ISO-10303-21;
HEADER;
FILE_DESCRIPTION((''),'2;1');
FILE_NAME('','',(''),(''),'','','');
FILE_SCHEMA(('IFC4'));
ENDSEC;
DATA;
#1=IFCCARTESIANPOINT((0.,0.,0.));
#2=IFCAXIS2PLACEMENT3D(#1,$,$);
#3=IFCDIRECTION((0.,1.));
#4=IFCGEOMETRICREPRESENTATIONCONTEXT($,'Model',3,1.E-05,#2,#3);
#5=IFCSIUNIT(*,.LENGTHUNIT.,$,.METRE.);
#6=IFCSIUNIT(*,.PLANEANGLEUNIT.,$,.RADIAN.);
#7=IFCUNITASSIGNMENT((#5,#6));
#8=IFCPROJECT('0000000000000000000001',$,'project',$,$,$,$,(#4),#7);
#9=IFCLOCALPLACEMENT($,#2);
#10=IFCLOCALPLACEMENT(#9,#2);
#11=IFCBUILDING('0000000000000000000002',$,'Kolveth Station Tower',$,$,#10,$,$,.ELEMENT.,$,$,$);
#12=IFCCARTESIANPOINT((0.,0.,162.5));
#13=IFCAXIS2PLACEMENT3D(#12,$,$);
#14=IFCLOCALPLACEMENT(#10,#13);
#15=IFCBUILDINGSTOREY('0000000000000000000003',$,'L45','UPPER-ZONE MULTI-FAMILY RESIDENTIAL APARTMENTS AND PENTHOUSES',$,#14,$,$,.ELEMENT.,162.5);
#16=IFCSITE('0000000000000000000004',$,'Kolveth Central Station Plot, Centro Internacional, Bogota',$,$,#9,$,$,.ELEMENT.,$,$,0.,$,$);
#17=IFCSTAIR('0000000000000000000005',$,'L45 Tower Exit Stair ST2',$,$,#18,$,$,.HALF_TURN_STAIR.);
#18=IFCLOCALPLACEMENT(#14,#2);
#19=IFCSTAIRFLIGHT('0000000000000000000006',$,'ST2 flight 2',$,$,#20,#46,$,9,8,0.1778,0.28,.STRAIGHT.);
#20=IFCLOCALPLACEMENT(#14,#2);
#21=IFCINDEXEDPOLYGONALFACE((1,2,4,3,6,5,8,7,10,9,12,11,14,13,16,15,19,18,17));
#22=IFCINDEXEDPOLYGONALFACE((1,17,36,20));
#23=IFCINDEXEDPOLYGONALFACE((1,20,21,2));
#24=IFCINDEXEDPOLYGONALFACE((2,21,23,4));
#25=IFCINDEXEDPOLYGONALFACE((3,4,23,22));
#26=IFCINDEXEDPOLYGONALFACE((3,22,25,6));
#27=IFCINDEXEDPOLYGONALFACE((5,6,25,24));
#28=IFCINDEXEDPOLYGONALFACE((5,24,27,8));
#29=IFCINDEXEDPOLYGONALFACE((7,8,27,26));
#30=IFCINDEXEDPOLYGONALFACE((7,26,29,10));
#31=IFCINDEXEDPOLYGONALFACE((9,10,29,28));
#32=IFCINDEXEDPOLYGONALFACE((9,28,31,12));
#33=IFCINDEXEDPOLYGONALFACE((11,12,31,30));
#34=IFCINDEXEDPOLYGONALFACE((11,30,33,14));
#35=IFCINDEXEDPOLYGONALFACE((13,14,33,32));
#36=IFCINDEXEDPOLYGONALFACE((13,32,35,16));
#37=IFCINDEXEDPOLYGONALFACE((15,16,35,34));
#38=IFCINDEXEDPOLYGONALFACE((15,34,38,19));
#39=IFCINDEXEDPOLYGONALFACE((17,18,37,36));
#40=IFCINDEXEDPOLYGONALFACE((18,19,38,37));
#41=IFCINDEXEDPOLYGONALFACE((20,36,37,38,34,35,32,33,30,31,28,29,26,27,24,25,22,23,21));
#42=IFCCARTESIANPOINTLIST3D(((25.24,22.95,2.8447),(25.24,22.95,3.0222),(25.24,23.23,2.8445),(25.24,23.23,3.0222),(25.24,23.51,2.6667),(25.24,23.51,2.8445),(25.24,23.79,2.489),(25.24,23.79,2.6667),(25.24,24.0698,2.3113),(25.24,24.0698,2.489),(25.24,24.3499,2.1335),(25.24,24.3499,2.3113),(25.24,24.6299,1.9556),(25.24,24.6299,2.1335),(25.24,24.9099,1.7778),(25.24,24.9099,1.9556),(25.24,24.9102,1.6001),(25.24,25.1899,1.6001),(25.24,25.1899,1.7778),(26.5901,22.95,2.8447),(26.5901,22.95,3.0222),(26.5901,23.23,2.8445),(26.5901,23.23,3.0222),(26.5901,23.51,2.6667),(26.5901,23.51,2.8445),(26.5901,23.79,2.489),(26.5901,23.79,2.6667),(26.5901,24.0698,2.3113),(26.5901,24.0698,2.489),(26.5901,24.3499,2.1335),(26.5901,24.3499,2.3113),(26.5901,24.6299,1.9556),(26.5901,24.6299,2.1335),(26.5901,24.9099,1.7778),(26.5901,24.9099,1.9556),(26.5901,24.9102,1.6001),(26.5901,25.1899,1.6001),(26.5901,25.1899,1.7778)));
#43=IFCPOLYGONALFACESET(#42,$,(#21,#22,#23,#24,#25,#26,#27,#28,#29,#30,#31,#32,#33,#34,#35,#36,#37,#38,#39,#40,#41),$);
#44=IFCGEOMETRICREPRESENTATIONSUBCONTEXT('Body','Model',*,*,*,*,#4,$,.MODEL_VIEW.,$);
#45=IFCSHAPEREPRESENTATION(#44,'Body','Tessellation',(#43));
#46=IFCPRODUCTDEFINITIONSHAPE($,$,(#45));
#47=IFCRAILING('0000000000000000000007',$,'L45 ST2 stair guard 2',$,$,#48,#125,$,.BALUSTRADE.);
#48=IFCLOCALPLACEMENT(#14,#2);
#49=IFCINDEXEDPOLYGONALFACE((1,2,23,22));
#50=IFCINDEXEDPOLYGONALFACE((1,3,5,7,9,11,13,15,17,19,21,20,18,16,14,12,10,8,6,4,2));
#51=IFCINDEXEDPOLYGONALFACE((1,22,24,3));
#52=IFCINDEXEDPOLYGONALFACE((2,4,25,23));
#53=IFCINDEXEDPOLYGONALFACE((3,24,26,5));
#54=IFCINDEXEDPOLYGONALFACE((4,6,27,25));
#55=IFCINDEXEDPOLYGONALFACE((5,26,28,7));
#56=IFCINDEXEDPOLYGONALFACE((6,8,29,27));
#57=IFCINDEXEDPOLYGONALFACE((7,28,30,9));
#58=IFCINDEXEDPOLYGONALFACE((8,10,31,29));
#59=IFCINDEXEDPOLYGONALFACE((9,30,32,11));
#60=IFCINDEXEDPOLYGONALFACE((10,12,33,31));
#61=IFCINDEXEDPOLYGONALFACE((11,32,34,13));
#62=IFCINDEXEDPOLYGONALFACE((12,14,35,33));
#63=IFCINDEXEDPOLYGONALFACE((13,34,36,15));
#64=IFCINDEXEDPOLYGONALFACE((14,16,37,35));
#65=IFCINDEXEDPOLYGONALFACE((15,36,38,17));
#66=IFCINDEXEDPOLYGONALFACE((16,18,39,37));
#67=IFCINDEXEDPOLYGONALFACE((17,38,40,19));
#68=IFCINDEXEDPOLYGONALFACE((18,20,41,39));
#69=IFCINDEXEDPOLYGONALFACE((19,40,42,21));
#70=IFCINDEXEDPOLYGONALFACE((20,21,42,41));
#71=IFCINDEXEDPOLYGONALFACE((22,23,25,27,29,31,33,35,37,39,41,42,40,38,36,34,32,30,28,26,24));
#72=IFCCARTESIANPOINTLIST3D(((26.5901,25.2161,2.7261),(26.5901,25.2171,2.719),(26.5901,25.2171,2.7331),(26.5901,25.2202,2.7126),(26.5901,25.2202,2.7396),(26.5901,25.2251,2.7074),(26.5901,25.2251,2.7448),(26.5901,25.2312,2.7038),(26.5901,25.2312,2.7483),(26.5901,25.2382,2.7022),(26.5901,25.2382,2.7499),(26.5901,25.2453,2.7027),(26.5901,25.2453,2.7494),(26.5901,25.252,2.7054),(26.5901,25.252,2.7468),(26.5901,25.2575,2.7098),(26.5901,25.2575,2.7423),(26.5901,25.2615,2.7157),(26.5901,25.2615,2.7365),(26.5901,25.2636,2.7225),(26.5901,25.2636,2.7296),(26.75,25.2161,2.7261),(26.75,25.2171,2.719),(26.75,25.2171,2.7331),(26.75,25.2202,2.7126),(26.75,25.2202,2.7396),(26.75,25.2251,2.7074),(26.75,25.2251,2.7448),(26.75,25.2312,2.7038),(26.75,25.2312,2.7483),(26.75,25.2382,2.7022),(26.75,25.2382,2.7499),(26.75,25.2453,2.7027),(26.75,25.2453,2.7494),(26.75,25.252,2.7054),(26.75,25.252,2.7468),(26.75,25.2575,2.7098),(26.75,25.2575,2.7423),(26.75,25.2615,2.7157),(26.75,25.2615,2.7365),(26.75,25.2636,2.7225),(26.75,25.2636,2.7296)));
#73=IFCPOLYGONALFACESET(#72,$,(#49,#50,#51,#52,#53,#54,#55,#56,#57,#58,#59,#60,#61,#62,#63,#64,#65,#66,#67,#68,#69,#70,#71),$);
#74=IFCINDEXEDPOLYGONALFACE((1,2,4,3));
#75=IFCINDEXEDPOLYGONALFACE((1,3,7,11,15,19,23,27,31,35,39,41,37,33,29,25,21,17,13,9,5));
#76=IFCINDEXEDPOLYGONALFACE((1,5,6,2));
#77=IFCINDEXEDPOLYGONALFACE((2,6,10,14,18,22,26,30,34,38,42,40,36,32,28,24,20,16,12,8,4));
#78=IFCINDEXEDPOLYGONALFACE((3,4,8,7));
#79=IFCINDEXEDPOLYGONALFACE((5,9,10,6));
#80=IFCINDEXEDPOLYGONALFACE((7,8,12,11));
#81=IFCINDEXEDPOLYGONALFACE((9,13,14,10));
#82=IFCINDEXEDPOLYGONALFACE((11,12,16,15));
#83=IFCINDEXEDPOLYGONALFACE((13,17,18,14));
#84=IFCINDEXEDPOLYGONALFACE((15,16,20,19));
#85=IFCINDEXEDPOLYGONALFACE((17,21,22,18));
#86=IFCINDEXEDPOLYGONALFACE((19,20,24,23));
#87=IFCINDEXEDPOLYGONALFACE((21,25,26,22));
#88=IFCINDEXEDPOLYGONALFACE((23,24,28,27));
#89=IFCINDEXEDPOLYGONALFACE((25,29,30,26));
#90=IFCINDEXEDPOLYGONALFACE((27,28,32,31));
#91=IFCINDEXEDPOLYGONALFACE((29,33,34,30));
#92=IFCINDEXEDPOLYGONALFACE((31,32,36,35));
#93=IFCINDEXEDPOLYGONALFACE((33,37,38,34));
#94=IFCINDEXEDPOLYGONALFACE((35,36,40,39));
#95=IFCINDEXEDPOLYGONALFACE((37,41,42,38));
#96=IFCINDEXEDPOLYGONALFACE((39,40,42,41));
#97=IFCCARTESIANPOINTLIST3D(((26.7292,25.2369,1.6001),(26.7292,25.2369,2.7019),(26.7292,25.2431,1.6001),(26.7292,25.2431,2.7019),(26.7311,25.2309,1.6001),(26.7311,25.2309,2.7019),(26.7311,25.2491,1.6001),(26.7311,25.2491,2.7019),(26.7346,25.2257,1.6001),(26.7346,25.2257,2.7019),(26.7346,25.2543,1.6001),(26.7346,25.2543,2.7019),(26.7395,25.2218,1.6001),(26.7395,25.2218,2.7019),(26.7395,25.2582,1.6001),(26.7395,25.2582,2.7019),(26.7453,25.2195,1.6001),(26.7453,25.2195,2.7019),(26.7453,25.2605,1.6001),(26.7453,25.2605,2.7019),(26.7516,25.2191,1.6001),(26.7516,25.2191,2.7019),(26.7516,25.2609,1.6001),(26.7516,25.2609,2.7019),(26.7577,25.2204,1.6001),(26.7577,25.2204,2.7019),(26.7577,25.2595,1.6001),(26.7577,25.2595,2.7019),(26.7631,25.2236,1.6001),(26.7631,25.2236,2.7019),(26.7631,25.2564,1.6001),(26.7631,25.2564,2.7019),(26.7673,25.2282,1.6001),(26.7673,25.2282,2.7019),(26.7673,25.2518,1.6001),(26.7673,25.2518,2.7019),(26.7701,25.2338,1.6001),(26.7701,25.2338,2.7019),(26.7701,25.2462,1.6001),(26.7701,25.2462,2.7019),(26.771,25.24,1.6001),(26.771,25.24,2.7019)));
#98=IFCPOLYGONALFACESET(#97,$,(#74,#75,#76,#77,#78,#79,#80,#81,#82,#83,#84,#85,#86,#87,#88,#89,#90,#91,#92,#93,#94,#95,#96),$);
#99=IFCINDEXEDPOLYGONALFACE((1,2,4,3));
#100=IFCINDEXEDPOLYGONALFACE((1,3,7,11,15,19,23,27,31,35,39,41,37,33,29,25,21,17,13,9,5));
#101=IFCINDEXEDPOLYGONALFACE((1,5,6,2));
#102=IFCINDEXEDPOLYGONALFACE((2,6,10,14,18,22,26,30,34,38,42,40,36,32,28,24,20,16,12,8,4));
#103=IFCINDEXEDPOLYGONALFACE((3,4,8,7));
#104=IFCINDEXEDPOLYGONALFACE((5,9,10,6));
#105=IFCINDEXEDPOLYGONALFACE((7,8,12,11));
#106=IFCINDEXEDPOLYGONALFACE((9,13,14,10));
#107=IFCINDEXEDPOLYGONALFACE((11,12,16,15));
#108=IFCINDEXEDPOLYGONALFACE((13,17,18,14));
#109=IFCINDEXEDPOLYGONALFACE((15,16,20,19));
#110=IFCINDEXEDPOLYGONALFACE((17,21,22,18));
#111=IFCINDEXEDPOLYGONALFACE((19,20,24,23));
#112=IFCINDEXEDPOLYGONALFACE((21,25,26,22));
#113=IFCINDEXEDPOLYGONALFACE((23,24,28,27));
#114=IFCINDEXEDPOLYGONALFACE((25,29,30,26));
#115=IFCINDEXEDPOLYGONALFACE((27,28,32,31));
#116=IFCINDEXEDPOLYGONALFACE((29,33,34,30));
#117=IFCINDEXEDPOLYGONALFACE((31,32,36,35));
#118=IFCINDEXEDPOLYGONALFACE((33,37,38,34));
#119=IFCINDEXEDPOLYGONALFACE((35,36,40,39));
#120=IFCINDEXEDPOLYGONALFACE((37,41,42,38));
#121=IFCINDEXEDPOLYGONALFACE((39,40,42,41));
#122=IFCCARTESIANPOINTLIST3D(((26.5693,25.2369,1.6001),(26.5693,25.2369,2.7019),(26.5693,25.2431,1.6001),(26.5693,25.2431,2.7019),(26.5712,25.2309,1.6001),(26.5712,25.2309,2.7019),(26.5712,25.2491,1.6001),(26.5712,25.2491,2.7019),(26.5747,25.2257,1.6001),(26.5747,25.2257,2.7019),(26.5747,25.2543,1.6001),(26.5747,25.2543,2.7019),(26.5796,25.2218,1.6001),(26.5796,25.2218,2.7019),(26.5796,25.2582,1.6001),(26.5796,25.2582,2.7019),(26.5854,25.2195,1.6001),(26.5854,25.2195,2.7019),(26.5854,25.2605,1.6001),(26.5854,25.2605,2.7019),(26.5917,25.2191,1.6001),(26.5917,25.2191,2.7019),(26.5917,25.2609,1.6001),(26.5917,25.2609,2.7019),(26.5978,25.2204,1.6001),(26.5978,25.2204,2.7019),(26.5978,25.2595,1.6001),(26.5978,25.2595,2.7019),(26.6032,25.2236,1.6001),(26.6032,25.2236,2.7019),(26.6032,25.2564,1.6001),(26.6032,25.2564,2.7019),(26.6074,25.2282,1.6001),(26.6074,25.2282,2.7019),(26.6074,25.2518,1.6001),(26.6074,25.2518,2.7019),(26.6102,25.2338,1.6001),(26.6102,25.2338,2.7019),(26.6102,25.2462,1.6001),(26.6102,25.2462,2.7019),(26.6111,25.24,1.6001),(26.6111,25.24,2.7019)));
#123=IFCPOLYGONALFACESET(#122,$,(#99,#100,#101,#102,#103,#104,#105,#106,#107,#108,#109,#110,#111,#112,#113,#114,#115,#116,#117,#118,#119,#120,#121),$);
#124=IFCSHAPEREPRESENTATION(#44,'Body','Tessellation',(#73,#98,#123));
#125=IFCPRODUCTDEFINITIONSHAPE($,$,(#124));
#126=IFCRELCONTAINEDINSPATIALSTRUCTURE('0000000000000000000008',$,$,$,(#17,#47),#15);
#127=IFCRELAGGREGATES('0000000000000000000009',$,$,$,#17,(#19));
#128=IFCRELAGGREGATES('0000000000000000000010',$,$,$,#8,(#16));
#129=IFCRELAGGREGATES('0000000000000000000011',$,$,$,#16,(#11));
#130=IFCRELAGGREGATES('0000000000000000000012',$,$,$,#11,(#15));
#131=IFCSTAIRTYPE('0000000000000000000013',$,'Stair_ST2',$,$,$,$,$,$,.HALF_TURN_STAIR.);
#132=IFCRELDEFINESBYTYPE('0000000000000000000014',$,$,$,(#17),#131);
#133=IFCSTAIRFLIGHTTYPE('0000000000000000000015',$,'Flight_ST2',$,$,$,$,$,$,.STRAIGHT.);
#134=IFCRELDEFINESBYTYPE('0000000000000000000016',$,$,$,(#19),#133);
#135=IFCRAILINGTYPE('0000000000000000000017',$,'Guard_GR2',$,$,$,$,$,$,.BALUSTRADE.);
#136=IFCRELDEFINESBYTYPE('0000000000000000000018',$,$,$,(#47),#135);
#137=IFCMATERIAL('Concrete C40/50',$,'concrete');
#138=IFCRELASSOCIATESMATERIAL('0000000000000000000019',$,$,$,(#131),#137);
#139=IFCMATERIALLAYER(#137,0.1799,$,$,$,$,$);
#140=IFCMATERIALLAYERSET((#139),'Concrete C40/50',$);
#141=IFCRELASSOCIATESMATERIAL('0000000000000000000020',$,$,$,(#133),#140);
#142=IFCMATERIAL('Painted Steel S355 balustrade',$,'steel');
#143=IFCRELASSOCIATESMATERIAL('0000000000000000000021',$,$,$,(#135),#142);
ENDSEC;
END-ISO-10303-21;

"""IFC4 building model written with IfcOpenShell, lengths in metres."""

from ifc_helpers import new_model, si_unit, direction, frame, origin, origin_2d, place, context, subcontext, project, spatial, polyline, circle, outline, extrude, material, layer, layer_set, type_object, element, aggregate, save


model = new_model("IFC4")

# Units and contexts
model_context = context("Model", 3, precision=1e-05, world=origin(), true_north=direction((0.0, 1.0)))
body_context = subcontext(model_context, "Body", "Model", "MODEL_VIEW")
ifc_project = project(units=[si_unit("LENGTHUNIT", "METRE"), si_unit("PLANEANGLEUNIT", "RADIAN")], contexts=[model_context])

# Site, building, storey
site_placement = place(None, origin())
site = spatial("IfcSite", under=ifc_project, at=site_placement, Name="Kolveth Central Station Plot, Centro Internacional, Bogota", CompositionType="ELEMENT", RefElevation=0.0)
building_placement = place(site_placement, origin())
building = spatial("IfcBuilding", under=site, at=building_placement, Name="Kolveth Station Tower", CompositionType="ELEMENT")
storey_placement = place(building_placement, frame((0.0, 0.0, 162.5)))
storey = spatial("IfcBuildingStorey", under=building, at=storey_placement, Name="L45", Description="UPPER-ZONE MULTI-FAMILY RESIDENTIAL APARTMENTS AND PENTHOUSES", CompositionType="ELEMENT", Elevation=162.5)

# Stair, stair flight
ifc_material_1 = material(Name="Concrete C40/50", Category="concrete")
stair_type = type_object("IfcStairType", Name="Stair_ST2", PredefinedType="HALF_TURN_STAIR", material=ifc_material_1)
stair_placement = place(storey_placement, origin())
stair = element("IfcStair", 1, at=stair_placement, inside=storey, type_object=stair_type, Name="L45 Tower Exit Stair ST2", PredefinedType="HALF_TURN_STAIR")
ifc_layer_1 = layer(ifc_material_1, 0.1799)
ifc_layer_set_1 = layer_set([ifc_layer_1], Name="Concrete C40/50")
stair_flight_type = type_object("IfcStairFlightType", Name="Flight_ST2", PredefinedType="STRAIGHT", material=ifc_layer_set_1)
stair_flight_placement = place(storey_placement, frame((25.915, 25.1899, 1.6001), z_axis=(0.0, 0.0, 1.0), x_axis=(0.0, -1.0, 0.0)))
stair_flight = element("IfcStairFlight", 2, at=stair_flight_placement, type_object=stair_flight_type, Name="ST2 flight 2", NumberOfRisers=9, NumberOfTreads=8, PredefinedType="STRAIGHT", RiserHeight=0.1778, TreadLength=0.28, context=body_context, shape_type="SweptSolid", body=[
    extrude(outline(polyline([(0.0, 0.0), (0.0, 0.1777), (0.28, 0.1777), (0.28, 0.3555), (0.5601, 0.3555), (0.5601, 0.5334), (0.8401, 0.5334), (0.8401, 0.7112), (1.1201, 0.7112), (1.1201, 0.8889), (1.3999, 0.8889), (1.3999, 1.0667), (1.6799, 1.0667), (1.6799, 1.2444), (1.96, 1.2444), (1.96, 1.4221), (2.24, 1.4221), (2.24, 1.6001), (2.24, 1.2446), (0.2798, 0.0), (0.0, 0.0)])), frame((0.0, 0.675, 0.0), z_axis=(0.0, -1.0, 0.0), x_axis=(1.0, 0.0, 0.0)), (0.0, 0.0, 1.0), 1.3501),
])
aggregate(stair, [stair_flight])

# Railing
ifc_material_2 = material(Name="Painted Steel S355 balustrade", Category="steel")
railing_type_1 = type_object("IfcRailingType", Name="Guard_GR2", PredefinedType="BALUSTRADE", material=ifc_material_2)
railing_1_placement = place(storey_placement, frame((26.75, 25.24, 1.6001)))
element("IfcRailing", 3, at=railing_1_placement, inside=storey, type_object=railing_type_1, Name="L45 ST2 stair guard 2", PredefinedType="BALUSTRADE", context=body_context, shape_type="SweptSolid", body=[
    extrude(circle(Radius=0.0239, at=origin_2d()), frame((0.0, 0.0, 1.126), z_axis=(-1.0, 0.0, 0.0), x_axis=(0.0, -1.0, 0.0)), (0.0, 0.0, 1.0), 0.1599),
    extrude(circle(Radius=0.021, at=origin_2d()), origin(), (0.0, 0.0, 1.0), 1.1018),
    extrude(circle(Radius=0.021, at=origin_2d()), frame((-0.1599, 0.0, 0.0)), (0.0, 0.0, 1.0), 1.1018),
])

save(model, "model.ifc")
